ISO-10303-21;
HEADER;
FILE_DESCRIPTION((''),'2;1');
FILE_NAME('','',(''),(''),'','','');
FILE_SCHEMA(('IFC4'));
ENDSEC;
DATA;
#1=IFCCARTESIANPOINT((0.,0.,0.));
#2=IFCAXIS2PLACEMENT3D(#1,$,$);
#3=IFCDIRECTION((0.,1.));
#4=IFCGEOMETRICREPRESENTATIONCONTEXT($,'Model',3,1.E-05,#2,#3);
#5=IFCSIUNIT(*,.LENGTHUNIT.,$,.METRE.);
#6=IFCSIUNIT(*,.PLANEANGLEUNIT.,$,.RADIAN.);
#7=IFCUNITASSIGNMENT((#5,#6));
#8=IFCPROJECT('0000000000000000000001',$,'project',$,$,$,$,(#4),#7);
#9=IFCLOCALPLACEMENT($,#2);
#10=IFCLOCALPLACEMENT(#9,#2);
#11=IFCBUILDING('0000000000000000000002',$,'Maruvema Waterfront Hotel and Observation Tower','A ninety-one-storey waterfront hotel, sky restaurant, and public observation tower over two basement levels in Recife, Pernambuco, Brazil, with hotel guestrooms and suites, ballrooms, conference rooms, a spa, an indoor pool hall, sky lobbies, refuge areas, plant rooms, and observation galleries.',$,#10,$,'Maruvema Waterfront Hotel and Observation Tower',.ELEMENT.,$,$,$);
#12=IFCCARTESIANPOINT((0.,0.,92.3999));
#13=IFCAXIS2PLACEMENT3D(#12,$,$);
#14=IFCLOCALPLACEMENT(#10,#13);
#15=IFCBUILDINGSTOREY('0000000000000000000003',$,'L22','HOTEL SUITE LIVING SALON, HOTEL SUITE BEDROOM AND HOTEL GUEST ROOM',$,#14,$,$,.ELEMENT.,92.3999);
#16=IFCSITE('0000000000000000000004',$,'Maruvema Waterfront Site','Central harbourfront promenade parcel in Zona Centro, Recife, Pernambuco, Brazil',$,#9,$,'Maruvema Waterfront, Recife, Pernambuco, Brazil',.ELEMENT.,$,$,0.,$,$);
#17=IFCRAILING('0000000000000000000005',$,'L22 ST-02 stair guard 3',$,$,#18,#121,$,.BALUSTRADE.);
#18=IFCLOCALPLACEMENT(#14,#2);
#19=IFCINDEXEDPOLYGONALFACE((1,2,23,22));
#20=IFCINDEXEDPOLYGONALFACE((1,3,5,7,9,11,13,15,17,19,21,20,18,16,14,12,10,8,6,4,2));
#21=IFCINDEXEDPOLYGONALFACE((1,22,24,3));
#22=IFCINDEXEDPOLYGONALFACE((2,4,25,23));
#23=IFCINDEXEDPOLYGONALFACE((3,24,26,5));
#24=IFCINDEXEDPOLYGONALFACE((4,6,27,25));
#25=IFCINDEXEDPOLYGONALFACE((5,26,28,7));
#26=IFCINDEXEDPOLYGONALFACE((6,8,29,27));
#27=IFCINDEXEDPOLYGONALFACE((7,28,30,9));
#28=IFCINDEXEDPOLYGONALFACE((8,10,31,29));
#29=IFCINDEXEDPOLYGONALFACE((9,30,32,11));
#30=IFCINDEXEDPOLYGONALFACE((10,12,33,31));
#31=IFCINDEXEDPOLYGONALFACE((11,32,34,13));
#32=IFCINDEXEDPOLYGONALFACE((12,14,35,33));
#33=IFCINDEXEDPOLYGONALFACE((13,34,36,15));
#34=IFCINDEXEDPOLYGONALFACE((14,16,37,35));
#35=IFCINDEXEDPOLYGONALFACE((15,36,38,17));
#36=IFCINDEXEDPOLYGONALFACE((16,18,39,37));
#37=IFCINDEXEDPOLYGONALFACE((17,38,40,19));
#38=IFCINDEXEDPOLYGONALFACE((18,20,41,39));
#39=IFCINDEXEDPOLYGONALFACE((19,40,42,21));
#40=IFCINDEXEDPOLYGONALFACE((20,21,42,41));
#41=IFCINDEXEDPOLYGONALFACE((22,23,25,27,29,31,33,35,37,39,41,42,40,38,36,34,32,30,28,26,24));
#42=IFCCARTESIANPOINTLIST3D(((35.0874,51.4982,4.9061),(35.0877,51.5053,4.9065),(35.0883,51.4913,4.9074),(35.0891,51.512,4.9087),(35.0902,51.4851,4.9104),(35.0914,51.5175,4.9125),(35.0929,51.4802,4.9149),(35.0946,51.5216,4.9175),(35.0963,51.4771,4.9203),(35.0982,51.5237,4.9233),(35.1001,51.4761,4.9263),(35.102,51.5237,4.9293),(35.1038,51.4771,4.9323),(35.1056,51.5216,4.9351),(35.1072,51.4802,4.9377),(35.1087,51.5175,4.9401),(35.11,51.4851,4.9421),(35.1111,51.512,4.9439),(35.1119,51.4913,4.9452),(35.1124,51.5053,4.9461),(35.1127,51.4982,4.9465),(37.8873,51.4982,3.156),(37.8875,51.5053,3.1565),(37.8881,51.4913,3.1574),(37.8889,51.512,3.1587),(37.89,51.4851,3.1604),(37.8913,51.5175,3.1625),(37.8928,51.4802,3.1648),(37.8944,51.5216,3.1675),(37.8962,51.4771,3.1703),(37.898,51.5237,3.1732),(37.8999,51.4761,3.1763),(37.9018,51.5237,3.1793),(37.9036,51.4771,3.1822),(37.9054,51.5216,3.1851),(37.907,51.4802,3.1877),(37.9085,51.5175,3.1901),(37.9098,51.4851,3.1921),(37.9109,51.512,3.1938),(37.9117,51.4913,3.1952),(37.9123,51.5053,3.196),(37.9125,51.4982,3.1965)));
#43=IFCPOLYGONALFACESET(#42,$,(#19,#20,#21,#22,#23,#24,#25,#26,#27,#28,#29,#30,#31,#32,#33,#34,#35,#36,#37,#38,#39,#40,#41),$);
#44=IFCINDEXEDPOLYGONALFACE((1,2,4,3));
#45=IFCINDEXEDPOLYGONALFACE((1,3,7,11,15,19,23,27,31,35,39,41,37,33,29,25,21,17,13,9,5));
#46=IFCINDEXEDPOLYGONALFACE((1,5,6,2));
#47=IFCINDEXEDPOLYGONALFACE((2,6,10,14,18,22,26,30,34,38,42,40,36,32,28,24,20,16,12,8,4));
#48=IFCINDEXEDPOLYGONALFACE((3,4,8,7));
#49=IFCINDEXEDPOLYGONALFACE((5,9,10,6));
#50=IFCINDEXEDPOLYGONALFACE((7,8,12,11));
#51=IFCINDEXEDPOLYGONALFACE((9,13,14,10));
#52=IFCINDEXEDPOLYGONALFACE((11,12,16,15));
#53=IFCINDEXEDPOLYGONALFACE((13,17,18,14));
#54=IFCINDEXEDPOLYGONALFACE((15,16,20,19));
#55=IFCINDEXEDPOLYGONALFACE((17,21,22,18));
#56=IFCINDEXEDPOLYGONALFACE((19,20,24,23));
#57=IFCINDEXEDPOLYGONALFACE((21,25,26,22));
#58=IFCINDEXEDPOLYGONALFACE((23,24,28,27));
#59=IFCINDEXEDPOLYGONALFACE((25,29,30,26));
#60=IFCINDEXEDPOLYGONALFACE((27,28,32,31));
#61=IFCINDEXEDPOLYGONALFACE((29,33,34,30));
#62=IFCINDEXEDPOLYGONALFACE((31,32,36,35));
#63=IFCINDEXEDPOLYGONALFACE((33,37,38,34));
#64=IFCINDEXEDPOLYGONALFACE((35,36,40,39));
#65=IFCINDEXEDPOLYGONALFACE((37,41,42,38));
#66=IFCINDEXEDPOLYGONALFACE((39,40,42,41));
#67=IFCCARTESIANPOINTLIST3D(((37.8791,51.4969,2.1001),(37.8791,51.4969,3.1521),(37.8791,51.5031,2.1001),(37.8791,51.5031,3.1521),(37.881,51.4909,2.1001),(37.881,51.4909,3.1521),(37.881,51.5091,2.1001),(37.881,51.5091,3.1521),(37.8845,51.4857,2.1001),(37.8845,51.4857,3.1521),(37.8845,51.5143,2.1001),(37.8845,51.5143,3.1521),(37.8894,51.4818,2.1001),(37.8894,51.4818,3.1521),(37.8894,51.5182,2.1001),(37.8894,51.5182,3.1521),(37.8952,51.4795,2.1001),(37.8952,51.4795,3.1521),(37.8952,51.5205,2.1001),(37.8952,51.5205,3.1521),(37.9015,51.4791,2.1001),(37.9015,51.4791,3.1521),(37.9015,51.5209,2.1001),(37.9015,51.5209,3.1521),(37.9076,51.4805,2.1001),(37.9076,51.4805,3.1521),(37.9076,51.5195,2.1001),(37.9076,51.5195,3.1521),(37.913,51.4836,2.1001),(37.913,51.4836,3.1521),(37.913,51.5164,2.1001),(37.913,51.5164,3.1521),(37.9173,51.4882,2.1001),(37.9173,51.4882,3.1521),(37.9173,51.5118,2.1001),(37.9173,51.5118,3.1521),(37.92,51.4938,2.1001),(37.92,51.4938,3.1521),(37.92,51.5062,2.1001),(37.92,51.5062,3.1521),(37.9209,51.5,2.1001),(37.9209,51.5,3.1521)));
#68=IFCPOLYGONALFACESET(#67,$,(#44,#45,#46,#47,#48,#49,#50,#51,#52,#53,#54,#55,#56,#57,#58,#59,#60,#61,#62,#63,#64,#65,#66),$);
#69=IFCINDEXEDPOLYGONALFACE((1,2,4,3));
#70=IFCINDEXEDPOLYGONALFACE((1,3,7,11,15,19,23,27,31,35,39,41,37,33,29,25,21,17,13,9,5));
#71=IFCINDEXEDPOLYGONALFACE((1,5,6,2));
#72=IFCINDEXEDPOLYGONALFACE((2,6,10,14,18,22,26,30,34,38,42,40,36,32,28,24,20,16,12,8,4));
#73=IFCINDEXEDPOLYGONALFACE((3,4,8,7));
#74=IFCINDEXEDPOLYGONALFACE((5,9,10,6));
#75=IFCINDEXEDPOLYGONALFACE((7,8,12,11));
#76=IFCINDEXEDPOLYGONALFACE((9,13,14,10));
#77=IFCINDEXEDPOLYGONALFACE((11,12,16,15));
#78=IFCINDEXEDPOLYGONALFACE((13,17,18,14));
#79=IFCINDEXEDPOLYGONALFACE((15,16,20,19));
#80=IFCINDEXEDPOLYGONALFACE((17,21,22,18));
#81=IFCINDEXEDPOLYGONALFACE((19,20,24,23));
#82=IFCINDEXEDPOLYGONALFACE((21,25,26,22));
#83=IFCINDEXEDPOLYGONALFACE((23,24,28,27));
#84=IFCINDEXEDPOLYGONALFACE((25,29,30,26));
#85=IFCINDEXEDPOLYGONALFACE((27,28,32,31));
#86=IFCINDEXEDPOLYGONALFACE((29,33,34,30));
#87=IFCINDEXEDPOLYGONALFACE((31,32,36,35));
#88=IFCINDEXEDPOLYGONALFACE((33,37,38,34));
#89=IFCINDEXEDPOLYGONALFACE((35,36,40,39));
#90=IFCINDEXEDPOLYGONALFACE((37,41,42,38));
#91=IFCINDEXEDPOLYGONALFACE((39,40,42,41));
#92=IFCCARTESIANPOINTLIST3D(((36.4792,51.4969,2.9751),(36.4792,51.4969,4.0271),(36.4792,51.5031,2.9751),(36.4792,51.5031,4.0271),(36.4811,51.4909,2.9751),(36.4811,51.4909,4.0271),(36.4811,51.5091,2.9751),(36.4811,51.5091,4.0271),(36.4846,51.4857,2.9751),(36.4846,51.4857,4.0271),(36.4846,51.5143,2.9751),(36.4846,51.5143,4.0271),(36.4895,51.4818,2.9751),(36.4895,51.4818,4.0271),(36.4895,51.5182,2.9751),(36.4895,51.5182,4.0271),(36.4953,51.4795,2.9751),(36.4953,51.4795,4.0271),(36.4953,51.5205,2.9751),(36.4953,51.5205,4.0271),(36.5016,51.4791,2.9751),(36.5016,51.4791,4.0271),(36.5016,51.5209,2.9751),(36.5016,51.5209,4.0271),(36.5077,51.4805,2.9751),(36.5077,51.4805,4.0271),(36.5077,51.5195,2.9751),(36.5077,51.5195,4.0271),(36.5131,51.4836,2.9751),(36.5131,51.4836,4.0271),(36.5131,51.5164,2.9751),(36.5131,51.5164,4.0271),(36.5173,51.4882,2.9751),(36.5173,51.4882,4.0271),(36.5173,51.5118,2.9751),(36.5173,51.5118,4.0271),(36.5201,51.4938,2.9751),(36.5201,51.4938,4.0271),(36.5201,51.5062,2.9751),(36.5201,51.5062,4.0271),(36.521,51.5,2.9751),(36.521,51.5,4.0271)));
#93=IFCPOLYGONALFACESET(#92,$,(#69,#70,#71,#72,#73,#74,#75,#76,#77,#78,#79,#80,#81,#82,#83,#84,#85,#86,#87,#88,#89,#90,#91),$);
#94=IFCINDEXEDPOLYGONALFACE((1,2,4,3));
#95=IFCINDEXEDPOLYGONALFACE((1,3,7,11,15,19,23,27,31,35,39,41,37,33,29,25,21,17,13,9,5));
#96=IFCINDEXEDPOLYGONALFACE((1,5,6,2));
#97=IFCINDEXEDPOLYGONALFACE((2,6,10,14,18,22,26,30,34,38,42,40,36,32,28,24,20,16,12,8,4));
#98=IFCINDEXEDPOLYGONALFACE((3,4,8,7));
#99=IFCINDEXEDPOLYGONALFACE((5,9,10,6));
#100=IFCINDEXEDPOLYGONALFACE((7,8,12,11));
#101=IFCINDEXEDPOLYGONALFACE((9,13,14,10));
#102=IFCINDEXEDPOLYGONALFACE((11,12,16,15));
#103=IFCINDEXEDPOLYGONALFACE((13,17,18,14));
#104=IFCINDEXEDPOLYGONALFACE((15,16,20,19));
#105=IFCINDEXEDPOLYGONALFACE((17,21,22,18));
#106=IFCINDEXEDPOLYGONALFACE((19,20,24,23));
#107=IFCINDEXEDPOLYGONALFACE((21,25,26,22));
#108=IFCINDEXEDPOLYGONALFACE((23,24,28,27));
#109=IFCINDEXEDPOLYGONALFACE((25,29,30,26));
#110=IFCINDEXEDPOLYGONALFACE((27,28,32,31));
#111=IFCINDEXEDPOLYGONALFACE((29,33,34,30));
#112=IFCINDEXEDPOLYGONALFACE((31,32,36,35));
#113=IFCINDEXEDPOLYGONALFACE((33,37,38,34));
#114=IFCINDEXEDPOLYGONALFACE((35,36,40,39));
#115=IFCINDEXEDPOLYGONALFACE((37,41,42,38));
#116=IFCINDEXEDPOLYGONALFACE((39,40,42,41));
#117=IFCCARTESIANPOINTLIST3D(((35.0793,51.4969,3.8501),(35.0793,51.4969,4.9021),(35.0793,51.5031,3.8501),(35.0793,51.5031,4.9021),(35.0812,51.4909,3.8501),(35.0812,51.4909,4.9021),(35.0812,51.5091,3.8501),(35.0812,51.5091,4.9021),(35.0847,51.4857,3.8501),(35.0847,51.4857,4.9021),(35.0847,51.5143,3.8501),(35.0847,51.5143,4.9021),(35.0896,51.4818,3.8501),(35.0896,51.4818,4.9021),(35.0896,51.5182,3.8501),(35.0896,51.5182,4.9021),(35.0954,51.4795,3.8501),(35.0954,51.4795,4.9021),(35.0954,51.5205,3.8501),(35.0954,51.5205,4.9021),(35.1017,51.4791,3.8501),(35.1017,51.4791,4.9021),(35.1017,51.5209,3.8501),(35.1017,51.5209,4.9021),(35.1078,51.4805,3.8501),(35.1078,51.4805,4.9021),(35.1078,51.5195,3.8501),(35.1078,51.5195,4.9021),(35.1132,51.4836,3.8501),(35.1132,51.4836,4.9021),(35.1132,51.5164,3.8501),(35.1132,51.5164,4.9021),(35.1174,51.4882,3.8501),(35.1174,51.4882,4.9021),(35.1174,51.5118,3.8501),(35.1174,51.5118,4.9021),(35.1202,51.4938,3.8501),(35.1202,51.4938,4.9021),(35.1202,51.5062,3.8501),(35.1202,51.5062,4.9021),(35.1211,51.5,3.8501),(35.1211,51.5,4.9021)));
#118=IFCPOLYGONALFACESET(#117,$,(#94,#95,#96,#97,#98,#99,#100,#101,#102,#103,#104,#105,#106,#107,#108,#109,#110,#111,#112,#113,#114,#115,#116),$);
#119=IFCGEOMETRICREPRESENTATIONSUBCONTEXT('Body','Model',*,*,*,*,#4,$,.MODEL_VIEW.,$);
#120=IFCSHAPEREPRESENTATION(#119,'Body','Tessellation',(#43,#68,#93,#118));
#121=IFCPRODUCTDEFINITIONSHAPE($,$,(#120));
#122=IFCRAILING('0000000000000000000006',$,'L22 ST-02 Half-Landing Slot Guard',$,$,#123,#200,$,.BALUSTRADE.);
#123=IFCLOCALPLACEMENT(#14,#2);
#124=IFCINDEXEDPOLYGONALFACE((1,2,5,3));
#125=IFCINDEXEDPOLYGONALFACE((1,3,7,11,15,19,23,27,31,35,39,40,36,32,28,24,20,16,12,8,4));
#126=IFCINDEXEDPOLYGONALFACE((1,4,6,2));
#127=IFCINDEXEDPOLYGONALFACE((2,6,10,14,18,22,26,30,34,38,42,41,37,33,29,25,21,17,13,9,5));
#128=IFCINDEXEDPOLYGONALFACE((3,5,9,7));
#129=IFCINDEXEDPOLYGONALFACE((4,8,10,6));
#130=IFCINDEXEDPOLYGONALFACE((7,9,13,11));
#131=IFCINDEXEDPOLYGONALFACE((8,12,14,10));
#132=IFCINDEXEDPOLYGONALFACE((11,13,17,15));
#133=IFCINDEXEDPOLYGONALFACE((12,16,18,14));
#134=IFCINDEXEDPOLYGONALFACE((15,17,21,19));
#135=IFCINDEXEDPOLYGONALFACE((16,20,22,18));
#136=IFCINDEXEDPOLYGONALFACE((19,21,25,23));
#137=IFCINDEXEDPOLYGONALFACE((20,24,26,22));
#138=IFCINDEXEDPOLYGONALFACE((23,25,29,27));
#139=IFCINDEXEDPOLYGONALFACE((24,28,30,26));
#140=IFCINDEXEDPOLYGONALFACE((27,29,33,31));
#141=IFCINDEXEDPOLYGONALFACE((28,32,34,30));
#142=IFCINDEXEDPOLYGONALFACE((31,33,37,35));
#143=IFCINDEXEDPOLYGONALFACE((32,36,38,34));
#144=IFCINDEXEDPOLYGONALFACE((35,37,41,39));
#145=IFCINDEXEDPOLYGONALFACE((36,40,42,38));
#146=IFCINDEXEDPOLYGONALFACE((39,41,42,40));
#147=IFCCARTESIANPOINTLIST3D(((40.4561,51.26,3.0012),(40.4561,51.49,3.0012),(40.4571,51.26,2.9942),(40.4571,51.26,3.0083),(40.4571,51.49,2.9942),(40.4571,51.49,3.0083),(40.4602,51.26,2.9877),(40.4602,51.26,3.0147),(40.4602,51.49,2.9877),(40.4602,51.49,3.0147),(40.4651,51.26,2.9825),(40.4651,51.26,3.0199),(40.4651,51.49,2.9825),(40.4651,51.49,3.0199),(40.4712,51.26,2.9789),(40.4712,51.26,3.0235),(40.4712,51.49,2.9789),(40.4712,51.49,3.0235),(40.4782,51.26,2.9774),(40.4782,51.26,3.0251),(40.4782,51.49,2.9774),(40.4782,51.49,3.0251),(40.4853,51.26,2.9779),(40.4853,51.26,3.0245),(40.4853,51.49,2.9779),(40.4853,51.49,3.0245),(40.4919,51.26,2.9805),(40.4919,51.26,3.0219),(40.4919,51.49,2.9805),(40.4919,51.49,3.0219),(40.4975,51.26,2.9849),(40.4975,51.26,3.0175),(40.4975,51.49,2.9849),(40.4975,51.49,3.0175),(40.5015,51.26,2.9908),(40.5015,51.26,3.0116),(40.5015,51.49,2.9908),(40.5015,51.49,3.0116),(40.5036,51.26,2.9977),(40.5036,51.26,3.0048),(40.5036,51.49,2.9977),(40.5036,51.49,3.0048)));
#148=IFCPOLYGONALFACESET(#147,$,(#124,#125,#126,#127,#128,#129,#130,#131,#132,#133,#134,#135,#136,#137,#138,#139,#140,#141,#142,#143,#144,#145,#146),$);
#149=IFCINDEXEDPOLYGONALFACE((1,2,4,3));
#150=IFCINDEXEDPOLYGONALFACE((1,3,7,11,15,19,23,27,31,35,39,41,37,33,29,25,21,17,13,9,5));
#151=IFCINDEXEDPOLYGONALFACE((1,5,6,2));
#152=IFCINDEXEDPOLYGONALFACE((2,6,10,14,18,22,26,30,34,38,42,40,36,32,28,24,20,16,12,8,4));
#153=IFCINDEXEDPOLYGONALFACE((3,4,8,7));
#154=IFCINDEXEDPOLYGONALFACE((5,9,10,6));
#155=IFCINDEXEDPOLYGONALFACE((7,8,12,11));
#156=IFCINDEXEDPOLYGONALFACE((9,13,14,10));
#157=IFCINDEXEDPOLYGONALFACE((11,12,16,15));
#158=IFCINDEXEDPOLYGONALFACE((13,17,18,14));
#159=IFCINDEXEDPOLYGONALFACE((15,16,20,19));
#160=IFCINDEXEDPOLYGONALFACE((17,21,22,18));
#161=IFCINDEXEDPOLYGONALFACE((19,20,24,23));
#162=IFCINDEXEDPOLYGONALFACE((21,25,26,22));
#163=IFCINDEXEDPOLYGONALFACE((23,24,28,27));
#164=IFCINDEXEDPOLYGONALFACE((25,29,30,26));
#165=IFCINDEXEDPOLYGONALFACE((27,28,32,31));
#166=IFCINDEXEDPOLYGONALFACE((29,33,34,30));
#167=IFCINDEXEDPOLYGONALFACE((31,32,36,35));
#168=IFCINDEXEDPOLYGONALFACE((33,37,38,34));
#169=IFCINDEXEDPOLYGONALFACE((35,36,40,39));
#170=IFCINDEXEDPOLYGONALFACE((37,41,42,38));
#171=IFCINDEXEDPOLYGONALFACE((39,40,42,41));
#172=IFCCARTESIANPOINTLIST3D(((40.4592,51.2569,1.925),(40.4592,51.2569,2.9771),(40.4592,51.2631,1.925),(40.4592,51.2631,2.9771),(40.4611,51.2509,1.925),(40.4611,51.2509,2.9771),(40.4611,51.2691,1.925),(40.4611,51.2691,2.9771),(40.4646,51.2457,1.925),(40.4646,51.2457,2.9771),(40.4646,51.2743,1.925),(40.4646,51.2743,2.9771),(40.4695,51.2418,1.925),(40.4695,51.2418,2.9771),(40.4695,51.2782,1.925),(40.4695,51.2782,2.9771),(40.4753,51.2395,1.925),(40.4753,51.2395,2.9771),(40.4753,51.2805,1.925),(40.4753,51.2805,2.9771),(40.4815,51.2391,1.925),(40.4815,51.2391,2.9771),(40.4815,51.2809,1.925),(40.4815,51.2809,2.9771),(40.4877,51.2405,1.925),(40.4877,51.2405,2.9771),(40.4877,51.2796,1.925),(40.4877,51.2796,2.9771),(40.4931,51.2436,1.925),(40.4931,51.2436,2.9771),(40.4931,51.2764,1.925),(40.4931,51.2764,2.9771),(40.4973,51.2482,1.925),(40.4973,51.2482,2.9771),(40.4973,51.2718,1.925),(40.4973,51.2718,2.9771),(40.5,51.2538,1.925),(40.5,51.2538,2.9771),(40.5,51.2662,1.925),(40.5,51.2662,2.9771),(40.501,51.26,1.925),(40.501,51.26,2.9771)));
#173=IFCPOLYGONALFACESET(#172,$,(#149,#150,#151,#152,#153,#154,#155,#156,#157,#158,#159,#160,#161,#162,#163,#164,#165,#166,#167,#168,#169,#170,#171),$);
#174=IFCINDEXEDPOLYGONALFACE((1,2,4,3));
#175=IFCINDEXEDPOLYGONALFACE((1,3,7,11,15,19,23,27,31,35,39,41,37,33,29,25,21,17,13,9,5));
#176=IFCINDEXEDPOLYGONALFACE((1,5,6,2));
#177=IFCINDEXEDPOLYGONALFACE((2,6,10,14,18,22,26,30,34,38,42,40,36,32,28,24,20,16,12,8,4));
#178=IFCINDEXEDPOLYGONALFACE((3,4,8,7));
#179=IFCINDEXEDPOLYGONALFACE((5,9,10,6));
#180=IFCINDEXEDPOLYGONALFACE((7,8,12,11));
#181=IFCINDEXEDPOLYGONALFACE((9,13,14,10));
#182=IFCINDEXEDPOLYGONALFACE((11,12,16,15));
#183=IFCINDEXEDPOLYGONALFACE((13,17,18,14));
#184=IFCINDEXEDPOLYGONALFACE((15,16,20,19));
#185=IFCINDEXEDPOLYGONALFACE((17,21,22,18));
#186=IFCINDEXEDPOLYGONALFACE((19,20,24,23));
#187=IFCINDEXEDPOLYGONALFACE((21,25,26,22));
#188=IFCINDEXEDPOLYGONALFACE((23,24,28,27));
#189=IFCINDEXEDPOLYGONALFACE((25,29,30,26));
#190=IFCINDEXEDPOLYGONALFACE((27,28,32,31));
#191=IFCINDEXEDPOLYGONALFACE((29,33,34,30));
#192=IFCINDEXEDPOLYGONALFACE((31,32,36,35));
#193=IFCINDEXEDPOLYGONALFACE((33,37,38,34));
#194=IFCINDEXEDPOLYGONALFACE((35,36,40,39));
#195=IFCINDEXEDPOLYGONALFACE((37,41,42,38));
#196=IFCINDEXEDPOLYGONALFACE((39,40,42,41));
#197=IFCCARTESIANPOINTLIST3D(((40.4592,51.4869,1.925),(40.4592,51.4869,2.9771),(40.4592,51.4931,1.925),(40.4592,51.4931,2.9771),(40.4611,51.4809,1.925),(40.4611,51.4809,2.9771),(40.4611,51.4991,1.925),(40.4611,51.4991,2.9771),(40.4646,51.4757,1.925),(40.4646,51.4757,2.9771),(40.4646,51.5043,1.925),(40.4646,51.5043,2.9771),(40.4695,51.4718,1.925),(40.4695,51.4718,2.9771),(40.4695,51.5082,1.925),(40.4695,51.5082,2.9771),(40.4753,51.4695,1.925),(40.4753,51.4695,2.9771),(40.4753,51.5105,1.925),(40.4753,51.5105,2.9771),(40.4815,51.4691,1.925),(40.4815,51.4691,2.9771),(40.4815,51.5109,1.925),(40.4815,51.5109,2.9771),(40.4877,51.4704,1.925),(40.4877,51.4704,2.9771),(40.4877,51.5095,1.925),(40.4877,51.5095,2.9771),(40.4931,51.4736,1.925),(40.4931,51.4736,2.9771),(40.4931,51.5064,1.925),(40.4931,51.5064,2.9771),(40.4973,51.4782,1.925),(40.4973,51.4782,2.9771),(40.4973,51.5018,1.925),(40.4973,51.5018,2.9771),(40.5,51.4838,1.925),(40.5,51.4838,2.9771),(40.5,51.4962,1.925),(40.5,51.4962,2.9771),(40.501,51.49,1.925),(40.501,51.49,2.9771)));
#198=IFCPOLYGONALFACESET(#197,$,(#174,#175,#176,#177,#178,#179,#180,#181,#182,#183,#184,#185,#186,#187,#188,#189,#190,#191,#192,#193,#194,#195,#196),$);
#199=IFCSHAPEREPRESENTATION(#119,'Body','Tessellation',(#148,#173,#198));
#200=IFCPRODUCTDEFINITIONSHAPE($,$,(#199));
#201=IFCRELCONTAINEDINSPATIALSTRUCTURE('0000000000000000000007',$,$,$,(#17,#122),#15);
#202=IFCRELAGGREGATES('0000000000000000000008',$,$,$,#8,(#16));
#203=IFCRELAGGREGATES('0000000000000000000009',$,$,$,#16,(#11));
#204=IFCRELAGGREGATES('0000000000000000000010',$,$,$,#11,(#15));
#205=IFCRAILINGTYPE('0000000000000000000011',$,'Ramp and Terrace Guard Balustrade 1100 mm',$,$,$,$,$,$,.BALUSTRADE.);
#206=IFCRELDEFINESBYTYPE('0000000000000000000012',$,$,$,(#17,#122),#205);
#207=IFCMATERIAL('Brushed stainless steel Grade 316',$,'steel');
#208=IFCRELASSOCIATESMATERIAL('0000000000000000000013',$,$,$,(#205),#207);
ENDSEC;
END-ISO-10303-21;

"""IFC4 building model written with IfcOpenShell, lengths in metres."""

from ifc_helpers import new_model, si_unit, direction, frame, origin, origin_2d, place, context, subcontext, project, spatial, circle, extrude, material, type_object, element, save


model = new_model("IFC4")

# Units and contexts
model_context = context("Model", 3, precision=1e-05, world=origin(), true_north=direction((0.0, 1.0)))
body_context = subcontext(model_context, "Body", "Model", "MODEL_VIEW")
ifc_project = project(units=[si_unit("LENGTHUNIT", "METRE"), si_unit("PLANEANGLEUNIT", "RADIAN")], contexts=[model_context])

# Site, building, storey
site_placement = place(None, origin())
site = spatial("IfcSite", under=ifc_project, at=site_placement, Name="Maruvema Waterfront Site", Description="Central harbourfront promenade parcel in Zona Centro, Recife, Pernambuco, Brazil", LongName="Maruvema Waterfront, Recife, Pernambuco, Brazil", CompositionType="ELEMENT", RefElevation=0.0)
building_placement = place(site_placement, origin())
building = spatial("IfcBuilding", under=site, at=building_placement, Name="Maruvema Waterfront Hotel and Observation Tower", Description="A ninety-one-storey waterfront hotel, sky restaurant, and public observation tower over two basement levels in Recife, Pernambuco, Brazil, with hotel guestrooms and suites, ballrooms, conference rooms, a spa, an indoor pool hall, sky lobbies, refuge areas, plant rooms, and observation galleries.", LongName="Maruvema Waterfront Hotel and Observation Tower", CompositionType="ELEMENT")
storey_placement = place(building_placement, frame((0.0, 0.0, 92.3999)))
storey = spatial("IfcBuildingStorey", under=building, at=storey_placement, Name="L22", Description="HOTEL SUITE LIVING SALON, HOTEL SUITE BEDROOM AND HOTEL GUEST ROOM", CompositionType="ELEMENT", Elevation=92.3999)

# Railings
ifc_material_1 = material(Name="Brushed stainless steel Grade 316", Category="steel")
railing_type_1 = type_object("IfcRailingType", Name="Ramp and Terrace Guard Balustrade 1100 mm", PredefinedType="BALUSTRADE", material=ifc_material_1)
railing_1_placement = place(storey_placement, frame((37.8999, 51.5, 2.1001)))
element("IfcRailing", 1, at=railing_1_placement, inside=storey, type_object=railing_type_1, Name="L22 ST-02 stair guard 3", PredefinedType="BALUSTRADE", context=body_context, shape_type="SweptSolid", body=[
    extrude(circle(Radius=0.0239, at=origin_2d()), frame((0.0, 0.0, 1.0762), z_axis=(-0.847982, 0.0, 0.530026), x_axis=(0.0, -1.0, 0.0)), (0.0, 0.0, 1.0), 3.3018),
    extrude(circle(Radius=0.021, at=origin_2d()), origin(), (0.0, 0.0, 1.0), 1.052),
    extrude(circle(Radius=0.021, at=origin_2d()), frame((-1.3999, 0.0, 0.875)), (0.0, 0.0, 1.0), 1.052),
    extrude(circle(Radius=0.021, at=origin_2d()), frame((-2.7998, 0.0, 1.75)), (0.0, 0.0, 1.0), 1.052),
])
railing_2_placement = place(storey_placement, frame((40.48, 51.26, 1.925)))
element("IfcRailing", 2, at=railing_2_placement, inside=storey, type_object=railing_type_1, Name="L22 ST-02 Half-Landing Slot Guard", PredefinedType="BALUSTRADE", context=body_context, shape_type="SweptSolid", body=[
    extrude(circle(Radius=0.0239, at=origin_2d()), frame((0.0, 0.0, 1.0762), z_axis=(0.0, 1.0, 0.0), x_axis=(-1.0, 0.0, 0.0)), (0.0, 0.0, 1.0), 0.23),
    extrude(circle(Radius=0.021, at=origin_2d()), origin(), (0.0, 0.0, 1.0), 1.052),
    extrude(circle(Radius=0.021, at=origin_2d()), frame((0.0, 0.23, 0.0)), (0.0, 0.0, 1.0), 1.052),
])

save(model, "model.ifc")
